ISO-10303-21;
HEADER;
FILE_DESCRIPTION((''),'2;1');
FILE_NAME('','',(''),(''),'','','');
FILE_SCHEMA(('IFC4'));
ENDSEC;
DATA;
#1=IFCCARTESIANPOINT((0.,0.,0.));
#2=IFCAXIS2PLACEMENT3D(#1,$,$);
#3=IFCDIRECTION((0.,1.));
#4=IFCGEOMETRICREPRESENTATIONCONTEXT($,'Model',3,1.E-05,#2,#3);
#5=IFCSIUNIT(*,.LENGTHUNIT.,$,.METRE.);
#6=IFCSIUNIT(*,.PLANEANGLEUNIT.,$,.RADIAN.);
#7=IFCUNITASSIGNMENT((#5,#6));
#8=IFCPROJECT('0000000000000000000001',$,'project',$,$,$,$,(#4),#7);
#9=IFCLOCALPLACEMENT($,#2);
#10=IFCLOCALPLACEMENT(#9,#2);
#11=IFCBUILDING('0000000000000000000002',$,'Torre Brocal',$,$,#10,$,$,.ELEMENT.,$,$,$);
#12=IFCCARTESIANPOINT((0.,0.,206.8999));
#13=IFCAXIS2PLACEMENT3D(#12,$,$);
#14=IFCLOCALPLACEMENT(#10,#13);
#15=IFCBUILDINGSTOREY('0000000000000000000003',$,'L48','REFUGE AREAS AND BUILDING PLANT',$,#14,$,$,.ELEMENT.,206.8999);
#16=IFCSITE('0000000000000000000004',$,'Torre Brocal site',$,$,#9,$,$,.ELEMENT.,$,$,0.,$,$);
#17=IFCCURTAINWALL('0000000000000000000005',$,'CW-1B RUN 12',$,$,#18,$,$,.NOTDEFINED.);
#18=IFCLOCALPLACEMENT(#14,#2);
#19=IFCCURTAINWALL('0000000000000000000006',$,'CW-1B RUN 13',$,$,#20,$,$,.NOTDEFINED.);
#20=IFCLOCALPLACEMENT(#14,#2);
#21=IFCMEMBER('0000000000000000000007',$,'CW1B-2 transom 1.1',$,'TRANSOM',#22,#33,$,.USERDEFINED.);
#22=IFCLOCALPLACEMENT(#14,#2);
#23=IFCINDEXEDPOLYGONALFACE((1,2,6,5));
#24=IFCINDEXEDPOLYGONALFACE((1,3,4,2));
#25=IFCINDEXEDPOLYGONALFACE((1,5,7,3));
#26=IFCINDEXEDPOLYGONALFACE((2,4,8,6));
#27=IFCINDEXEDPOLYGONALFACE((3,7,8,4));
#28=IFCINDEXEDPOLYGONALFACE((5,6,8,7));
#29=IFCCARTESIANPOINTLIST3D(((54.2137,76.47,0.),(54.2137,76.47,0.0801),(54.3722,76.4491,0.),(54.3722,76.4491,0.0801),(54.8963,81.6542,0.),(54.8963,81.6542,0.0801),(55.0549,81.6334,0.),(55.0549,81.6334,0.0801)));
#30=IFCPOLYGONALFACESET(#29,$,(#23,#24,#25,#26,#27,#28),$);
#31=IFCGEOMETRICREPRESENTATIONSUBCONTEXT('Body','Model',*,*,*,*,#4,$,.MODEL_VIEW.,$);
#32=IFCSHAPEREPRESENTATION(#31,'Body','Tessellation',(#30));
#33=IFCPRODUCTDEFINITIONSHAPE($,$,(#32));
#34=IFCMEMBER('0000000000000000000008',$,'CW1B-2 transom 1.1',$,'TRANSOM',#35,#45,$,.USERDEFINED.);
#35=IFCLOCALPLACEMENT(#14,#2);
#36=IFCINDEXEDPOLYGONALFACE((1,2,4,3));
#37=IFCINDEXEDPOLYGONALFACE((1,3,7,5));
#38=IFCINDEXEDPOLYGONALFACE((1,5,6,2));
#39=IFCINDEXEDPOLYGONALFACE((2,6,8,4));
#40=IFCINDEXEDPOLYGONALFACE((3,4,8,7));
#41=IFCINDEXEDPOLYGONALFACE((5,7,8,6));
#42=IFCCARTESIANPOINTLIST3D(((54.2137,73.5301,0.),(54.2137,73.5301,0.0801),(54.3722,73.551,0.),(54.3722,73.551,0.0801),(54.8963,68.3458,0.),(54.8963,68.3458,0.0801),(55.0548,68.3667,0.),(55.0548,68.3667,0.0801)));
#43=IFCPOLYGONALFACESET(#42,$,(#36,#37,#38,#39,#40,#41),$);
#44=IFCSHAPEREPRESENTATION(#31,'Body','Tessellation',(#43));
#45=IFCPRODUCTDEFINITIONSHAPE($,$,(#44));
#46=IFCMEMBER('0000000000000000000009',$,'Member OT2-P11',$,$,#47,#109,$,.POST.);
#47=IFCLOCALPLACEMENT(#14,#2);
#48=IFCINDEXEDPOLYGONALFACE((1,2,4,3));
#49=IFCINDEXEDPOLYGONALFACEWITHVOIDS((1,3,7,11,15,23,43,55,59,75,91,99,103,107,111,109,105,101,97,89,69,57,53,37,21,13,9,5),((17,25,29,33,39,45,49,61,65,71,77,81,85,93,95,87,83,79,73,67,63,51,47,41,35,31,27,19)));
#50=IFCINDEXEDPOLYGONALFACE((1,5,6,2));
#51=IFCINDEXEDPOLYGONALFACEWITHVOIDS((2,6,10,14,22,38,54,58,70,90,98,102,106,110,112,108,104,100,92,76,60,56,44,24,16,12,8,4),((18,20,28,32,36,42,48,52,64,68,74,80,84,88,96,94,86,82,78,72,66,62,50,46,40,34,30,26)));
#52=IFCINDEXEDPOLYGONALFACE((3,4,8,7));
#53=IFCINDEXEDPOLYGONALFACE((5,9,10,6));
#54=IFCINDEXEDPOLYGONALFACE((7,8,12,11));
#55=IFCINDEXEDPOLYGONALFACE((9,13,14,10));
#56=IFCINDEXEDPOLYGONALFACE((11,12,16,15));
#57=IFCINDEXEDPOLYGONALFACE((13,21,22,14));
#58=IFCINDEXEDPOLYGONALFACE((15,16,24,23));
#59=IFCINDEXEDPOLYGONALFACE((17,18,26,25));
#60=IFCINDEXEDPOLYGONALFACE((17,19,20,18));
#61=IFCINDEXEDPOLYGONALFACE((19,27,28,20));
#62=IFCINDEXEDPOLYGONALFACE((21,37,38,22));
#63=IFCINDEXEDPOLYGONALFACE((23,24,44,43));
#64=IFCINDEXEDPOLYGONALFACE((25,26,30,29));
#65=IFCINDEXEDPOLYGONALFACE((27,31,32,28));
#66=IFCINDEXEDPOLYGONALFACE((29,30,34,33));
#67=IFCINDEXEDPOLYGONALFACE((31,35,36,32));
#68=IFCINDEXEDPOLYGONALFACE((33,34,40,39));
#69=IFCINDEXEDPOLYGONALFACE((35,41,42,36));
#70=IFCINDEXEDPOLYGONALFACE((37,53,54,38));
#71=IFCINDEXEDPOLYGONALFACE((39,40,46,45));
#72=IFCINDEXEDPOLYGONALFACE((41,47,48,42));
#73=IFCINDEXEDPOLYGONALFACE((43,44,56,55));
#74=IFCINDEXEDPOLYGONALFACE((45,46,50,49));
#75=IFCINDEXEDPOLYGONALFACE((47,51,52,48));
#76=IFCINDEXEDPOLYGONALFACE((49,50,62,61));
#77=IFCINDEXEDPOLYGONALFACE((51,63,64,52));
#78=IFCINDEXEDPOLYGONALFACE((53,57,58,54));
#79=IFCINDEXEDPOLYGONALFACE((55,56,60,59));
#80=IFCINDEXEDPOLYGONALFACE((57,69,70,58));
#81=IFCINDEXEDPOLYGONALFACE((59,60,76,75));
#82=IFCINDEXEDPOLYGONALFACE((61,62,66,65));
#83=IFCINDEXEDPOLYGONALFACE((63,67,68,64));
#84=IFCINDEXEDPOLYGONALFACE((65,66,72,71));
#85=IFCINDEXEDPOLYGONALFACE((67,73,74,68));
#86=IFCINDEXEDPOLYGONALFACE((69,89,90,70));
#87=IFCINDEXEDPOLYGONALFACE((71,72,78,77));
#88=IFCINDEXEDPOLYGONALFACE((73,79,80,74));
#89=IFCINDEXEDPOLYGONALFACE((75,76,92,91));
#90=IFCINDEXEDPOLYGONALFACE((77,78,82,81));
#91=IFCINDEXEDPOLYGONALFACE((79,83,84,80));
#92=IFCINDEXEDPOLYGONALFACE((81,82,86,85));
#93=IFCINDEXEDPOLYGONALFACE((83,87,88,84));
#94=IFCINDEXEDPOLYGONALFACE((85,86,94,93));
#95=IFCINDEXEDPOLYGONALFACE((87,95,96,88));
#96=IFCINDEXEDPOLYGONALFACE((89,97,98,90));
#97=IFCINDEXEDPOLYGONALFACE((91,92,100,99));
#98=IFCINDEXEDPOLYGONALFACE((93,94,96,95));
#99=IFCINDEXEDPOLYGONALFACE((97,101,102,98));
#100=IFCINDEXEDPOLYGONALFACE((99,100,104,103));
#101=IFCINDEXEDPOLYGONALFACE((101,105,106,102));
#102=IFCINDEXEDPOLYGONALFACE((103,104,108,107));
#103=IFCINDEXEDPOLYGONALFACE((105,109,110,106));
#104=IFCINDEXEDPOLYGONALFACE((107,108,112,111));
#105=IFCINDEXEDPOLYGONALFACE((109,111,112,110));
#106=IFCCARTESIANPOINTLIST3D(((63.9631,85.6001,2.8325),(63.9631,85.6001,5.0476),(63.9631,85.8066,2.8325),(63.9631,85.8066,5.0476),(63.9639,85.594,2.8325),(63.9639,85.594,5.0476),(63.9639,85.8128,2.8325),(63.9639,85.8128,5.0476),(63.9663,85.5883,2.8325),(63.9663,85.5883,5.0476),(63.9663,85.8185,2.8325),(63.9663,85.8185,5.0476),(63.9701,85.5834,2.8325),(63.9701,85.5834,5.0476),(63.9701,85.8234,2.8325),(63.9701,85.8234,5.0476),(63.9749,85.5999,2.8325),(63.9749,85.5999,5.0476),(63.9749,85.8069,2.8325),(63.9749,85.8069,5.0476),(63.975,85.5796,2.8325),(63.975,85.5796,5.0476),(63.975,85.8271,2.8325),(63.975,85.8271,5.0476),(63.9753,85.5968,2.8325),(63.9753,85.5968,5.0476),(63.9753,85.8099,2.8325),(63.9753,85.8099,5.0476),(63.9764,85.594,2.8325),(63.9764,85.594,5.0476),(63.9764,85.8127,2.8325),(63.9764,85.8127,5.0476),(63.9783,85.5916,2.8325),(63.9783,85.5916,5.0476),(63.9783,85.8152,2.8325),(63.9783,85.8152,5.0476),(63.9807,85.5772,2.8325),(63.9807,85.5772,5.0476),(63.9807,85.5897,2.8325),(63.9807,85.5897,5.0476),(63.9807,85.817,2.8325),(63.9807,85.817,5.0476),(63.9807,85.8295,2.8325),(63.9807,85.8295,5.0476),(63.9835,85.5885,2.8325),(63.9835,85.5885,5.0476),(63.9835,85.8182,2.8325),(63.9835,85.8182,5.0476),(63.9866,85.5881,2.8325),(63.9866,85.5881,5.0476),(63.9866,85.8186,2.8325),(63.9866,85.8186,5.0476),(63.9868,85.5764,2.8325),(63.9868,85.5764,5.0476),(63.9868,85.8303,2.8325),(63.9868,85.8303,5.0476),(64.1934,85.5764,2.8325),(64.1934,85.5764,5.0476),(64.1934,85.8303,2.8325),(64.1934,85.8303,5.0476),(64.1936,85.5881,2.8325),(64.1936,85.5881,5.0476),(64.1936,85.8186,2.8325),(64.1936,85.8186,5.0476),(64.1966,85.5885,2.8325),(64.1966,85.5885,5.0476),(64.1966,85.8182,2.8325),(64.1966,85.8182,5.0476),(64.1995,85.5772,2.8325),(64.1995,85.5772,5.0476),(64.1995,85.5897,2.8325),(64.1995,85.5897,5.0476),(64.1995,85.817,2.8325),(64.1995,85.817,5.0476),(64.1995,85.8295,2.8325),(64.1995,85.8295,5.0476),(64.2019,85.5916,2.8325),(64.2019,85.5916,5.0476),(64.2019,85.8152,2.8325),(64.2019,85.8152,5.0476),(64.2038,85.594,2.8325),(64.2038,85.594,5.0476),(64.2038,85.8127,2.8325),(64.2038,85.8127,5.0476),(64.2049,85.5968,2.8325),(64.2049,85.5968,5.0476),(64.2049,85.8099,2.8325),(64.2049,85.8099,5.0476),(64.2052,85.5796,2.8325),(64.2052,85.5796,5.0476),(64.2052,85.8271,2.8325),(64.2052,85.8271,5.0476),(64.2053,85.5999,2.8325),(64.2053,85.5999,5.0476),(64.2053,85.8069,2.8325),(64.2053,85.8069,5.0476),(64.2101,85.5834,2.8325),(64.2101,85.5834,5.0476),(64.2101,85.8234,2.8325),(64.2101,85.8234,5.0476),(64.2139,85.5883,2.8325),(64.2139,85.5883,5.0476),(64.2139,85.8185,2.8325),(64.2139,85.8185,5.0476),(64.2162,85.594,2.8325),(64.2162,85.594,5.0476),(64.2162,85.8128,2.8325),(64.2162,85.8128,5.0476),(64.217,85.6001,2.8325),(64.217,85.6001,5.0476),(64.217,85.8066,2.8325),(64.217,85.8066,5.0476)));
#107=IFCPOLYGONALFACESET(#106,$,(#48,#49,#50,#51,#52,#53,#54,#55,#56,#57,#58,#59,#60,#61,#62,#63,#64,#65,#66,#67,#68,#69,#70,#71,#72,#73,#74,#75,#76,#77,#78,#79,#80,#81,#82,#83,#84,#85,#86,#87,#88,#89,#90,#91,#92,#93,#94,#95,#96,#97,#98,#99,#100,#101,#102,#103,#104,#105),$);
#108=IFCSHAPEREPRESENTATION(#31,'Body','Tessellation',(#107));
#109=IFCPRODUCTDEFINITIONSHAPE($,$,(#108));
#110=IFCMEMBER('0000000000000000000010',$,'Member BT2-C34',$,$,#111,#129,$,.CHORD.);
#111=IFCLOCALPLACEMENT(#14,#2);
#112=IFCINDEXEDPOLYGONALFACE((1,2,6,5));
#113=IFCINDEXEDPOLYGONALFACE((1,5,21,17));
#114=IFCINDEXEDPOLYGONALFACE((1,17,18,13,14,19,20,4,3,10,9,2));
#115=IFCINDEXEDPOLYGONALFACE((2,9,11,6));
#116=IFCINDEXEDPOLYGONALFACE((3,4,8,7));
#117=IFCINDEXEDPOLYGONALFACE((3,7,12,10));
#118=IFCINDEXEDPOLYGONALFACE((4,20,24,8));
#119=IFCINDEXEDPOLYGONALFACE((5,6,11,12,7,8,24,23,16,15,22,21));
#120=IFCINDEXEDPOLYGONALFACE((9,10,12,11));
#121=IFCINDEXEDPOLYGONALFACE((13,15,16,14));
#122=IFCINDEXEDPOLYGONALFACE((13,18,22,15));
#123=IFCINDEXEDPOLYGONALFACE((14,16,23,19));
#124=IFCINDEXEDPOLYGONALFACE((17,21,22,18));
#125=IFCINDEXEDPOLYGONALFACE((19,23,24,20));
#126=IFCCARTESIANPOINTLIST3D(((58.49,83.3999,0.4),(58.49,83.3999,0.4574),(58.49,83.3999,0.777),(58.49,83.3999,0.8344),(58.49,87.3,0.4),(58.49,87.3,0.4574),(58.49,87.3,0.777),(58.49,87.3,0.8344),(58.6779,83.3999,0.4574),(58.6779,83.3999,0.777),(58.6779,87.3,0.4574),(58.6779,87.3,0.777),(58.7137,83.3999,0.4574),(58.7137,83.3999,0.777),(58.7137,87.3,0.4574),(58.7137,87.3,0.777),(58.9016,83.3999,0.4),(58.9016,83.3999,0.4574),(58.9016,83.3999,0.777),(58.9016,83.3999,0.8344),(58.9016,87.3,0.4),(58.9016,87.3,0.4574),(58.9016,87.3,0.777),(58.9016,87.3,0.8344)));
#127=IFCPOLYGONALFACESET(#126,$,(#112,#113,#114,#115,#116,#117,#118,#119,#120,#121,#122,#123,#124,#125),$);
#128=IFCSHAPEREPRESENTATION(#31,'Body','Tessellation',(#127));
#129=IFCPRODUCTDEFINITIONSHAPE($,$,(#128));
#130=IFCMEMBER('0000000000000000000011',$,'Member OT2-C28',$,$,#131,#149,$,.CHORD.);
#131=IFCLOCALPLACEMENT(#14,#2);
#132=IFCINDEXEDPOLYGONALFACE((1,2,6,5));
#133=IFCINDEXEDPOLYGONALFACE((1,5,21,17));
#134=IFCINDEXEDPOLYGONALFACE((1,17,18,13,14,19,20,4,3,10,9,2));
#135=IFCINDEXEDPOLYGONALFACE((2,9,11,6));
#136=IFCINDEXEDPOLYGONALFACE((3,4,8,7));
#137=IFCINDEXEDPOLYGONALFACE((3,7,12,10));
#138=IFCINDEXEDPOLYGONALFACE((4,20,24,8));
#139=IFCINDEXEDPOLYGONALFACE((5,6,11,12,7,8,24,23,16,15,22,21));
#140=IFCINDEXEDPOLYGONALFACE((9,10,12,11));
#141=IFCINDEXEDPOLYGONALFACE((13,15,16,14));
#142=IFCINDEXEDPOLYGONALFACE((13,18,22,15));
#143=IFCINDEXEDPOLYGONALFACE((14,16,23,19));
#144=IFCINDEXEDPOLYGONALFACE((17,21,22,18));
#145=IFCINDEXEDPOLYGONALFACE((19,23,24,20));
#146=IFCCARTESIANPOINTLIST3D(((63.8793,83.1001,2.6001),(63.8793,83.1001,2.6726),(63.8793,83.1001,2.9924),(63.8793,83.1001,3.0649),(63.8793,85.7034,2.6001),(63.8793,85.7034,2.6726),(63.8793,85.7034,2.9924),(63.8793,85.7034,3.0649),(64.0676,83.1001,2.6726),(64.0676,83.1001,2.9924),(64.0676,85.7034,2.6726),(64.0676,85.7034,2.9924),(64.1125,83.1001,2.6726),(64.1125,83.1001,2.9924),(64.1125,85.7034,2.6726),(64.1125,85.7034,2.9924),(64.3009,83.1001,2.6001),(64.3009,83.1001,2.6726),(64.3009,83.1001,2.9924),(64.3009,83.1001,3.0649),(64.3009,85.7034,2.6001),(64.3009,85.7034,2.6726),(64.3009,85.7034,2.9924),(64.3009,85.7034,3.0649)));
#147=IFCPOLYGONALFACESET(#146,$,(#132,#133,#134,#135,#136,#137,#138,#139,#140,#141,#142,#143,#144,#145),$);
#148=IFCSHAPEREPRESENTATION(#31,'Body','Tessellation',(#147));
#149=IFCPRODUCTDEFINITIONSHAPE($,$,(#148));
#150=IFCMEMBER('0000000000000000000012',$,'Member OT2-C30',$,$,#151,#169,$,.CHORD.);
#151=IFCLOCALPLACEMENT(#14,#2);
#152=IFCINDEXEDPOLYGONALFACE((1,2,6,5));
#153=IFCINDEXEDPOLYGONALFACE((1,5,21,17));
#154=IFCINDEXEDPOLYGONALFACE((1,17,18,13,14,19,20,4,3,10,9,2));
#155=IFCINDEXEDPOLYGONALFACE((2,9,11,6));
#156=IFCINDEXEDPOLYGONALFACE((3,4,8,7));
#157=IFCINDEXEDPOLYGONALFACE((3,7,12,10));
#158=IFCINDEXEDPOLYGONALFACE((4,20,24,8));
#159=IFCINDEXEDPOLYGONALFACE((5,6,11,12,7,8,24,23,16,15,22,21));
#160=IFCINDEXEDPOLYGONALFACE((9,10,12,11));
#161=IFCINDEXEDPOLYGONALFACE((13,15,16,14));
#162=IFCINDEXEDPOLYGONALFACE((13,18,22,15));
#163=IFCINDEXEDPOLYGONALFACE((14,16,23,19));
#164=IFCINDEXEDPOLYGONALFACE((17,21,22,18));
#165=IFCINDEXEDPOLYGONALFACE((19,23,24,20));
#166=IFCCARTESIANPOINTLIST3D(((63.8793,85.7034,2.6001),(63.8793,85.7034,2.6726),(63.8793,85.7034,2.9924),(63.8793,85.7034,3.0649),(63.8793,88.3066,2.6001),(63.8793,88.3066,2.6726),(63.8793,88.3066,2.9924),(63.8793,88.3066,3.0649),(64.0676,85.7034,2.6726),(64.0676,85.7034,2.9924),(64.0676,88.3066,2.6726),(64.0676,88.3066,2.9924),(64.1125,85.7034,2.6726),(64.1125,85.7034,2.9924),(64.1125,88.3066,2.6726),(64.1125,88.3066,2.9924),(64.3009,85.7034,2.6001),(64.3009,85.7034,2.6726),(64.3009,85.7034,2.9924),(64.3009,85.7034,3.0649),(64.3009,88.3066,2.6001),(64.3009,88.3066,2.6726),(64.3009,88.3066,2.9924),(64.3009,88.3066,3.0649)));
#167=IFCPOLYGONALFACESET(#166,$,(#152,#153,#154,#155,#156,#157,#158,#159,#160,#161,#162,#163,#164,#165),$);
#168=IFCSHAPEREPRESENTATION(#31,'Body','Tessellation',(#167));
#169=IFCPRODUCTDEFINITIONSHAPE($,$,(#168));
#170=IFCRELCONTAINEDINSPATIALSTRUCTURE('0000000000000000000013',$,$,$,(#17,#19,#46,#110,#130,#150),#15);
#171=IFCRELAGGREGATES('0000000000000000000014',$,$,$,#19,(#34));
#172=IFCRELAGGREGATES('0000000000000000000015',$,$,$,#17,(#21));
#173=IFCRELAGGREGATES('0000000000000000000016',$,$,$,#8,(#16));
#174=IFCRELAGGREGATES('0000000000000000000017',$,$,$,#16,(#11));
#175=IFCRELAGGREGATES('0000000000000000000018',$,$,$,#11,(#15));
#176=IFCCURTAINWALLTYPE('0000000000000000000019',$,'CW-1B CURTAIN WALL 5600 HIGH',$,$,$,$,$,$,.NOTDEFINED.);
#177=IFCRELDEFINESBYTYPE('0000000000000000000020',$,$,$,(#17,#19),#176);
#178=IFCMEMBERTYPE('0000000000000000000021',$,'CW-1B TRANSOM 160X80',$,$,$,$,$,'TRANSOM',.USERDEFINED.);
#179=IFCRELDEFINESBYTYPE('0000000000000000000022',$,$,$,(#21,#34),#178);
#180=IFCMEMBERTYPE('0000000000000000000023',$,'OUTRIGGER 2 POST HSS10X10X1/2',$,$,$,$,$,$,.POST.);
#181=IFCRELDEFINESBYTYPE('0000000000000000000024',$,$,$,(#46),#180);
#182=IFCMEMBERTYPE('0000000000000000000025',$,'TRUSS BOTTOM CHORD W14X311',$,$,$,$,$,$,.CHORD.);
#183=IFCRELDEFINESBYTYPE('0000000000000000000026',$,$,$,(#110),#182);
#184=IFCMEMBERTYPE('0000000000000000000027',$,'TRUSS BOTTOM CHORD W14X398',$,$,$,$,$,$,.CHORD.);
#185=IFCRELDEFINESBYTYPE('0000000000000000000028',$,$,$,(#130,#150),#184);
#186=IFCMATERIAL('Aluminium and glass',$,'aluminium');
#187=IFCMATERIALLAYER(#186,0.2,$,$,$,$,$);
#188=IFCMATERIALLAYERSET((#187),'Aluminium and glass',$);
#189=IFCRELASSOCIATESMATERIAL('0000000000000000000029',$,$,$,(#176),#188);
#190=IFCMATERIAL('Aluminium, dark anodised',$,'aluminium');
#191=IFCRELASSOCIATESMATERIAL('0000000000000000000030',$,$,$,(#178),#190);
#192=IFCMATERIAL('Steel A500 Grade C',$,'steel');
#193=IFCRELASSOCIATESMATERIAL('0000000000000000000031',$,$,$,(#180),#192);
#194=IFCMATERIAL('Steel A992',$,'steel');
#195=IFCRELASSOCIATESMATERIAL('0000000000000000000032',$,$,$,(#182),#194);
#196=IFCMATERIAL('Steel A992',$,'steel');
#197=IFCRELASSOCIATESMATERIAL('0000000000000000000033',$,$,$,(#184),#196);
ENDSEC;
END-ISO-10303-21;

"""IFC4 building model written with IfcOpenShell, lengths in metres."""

from ifc_helpers import new_model, si_unit, direction, frame, origin, origin_2d, place, context, subcontext, project, spatial, rectangle, hollow_rectangle, i_section, extrude, material, layer, layer_set, material_profile, profile_set, type_object, element, aggregate, save


model = new_model("IFC4")

# Units and contexts
model_context = context("Model", 3, precision=1e-05, world=origin(), true_north=direction((0.0, 1.0)))
body_context = subcontext(model_context, "Body", "Model", "MODEL_VIEW")
ifc_project = project(units=[si_unit("LENGTHUNIT", "METRE"), si_unit("PLANEANGLEUNIT", "RADIAN")], contexts=[model_context])

# Site, building, storey
site_placement = place(None, origin())
site = spatial("IfcSite", under=ifc_project, at=site_placement, Name="Torre Brocal site", CompositionType="ELEMENT", RefElevation=0.0)
building_placement = place(site_placement, origin())
building = spatial("IfcBuilding", under=site, at=building_placement, Name="Torre Brocal", CompositionType="ELEMENT")
storey_placement = place(building_placement, frame((0.0, 0.0, 206.8999)))
storey = spatial("IfcBuildingStorey", under=building, at=storey_placement, Name="L48", Description="REFUGE AREAS AND BUILDING PLANT", CompositionType="ELEMENT", Elevation=206.8999)

# Curtain wall
ifc_material_1 = material(Name="Aluminium and glass", Category="aluminium")
ifc_layer_1 = layer(ifc_material_1, 0.2)
ifc_layer_set_1 = layer_set([ifc_layer_1], Name="Aluminium and glass")
curtain_wall_type_1 = type_object("IfcCurtainWallType", Name="CW-1B CURTAIN WALL 5600 HIGH", PredefinedType="NOTDEFINED", material=ifc_layer_set_1)
curtain_wall_1_placement = place(storey_placement, origin())
curtain_wall_1 = element("IfcCurtainWall", 1, at=curtain_wall_1_placement, inside=storey, type_object=curtain_wall_type_1, Name="CW-1B RUN 12", PredefinedType="NOTDEFINED")

# Curtain wall
curtain_wall_2_placement = place(storey_placement, origin())
curtain_wall_2 = element("IfcCurtainWall", 2, at=curtain_wall_2_placement, inside=storey, type_object=curtain_wall_type_1, Name="CW-1B RUN 13", PredefinedType="NOTDEFINED")

# Members
ifc_material_2 = material(Name="Aluminium, dark anodised", Category="aluminium")
ifc_material_profile_1 = material_profile(ifc_material_2, rectangle(XDim=0.1599, YDim=0.0801, at=origin_2d()), Name="CW-1B TRANSOM 160X80")
ifc_profile_set_1 = profile_set([ifc_material_profile_1], Name="Aluminium, dark anodised")
member_type_1 = type_object("IfcMemberType", Name="CW-1B TRANSOM 160X80", ElementType="TRANSOM", PredefinedType="USERDEFINED", material=ifc_profile_set_1)
member_1_placement = place(storey_placement, frame((54.9756, 81.6438, 0.04), z_axis=(-0.130543, -0.991443, 0.0), x_axis=(0.991443, -0.130543, 0.0)))
member_1 = element("IfcMember", 3, at=member_1_placement, type_object=member_type_1, Name="CW1B-2 transom 1.1", ObjectType="TRANSOM", PredefinedType="USERDEFINED", context=body_context, shape_type="SweptSolid", body=[
    extrude(rectangle(XDim=0.1599, YDim=0.0801, at=origin_2d()), origin(), (0.0, 0.0, 1.0), 5.229),
])
member_2_placement = place(storey_placement, frame((54.293, 73.5405, 0.04), z_axis=(0.130543, -0.991443, 0.0), x_axis=(0.991443, 0.130543, 0.0)))
member_2 = element("IfcMember", 4, at=member_2_placement, type_object=member_type_1, Name="CW1B-2 transom 1.1", ObjectType="TRANSOM", PredefinedType="USERDEFINED", context=body_context, shape_type="SweptSolid", body=[
    extrude(rectangle(XDim=0.1599, YDim=0.0801, at=origin_2d()), origin(), (0.0, 0.0, 1.0), 5.229),
])
aggregate(curtain_wall_2, [member_2])

# Members
ifc_material_3 = material(Name="Steel A500 Grade C", Category="steel")
ifc_material_profile_2 = material_profile(ifc_material_3, hollow_rectangle(XDim=0.2539, YDim=0.2539, WallThickness=0.0117, InnerFilletRadius=0.0117, OuterFilletRadius=0.0237, at=origin_2d()), Name="HSS10X10X1/2")
ifc_profile_set_2 = profile_set([ifc_material_profile_2], Name="Steel A500 Grade C")
member_type_2 = type_object("IfcMemberType", Name="OUTRIGGER 2 POST HSS10X10X1/2", PredefinedType="POST", material=ifc_profile_set_2)
member_3_placement = place(storey_placement, frame((64.0901, 85.7034, 2.8325), z_axis=(0.0, 0.0, 1.0), x_axis=(1.0, 0.0, 0.0)))
element("IfcMember", 5, at=member_3_placement, inside=storey, type_object=member_type_2, Name="Member OT2-P11", PredefinedType="POST", context=body_context, shape_type="SweptSolid", body=[
    extrude(hollow_rectangle(XDim=0.2539, YDim=0.2539, WallThickness=0.0117, InnerFilletRadius=0.0117, OuterFilletRadius=0.0237, at=origin_2d()), origin(), (0.0, 0.0, 1.0), 2.2151),
])
ifc_material_4 = material(Name="Steel A992", Category="steel")
ifc_material_profile_3 = material_profile(ifc_material_4, i_section(OverallWidth=0.4116, OverallDepth=0.4343, WebThickness=0.0359, FlangeThickness=0.0574, at=origin_2d()), Name="W14X311")
ifc_profile_set_3 = profile_set([ifc_material_profile_3], Name="Steel A992")
member_type_3 = type_object("IfcMemberType", Name="TRUSS BOTTOM CHORD W14X311", PredefinedType="CHORD", material=ifc_profile_set_3)
member_4_placement = place(storey_placement, frame((58.6958, 87.3, 0.6172), z_axis=(0.0, -1.0, 0.0), x_axis=(1.0, 0.0, 0.0)))
element("IfcMember", 6, at=member_4_placement, inside=storey, type_object=member_type_3, Name="Member BT2-C34", PredefinedType="CHORD", context=body_context, shape_type="SweptSolid", body=[
    extrude(i_section(OverallWidth=0.4116, OverallDepth=0.4343, WebThickness=0.0359, FlangeThickness=0.0574, at=origin_2d()), origin(), (0.0, 0.0, 1.0), 3.9001),
])
ifc_material_5 = material(Name="Steel A992", Category="steel")
ifc_material_profile_4 = material_profile(ifc_material_5, i_section(OverallWidth=0.4216, OverallDepth=0.4648, WebThickness=0.0449, FlangeThickness=0.0725, at=origin_2d()), Name="W14X398")
ifc_profile_set_4 = profile_set([ifc_material_profile_4], Name="Steel A992")
member_type_4 = type_object("IfcMemberType", Name="TRUSS BOTTOM CHORD W14X398", PredefinedType="CHORD", material=ifc_profile_set_4)
for number, where, z_axis, x_axis, name in (
    (7, (64.0901, 83.1001, 2.8325), (0.0, 1.0, 0.0), (-1.0, 0.0, 0.0), "Member OT2-C28"),
    (8, (64.0901, 85.7034, 2.8325), (0.0, 1.0, 0.0), (-1.0, 0.0, 0.0), "Member OT2-C30"),
):
    element("IfcMember", number, at=place(storey_placement, frame(where, z_axis=z_axis, x_axis=x_axis)), inside=storey, type_object=member_type_4, Name=name, PredefinedType="CHORD", context=body_context, shape_type="SweptSolid", body=[
        extrude(i_section(OverallWidth=0.4216, OverallDepth=0.4648, WebThickness=0.0449, FlangeThickness=0.0725, at=origin_2d()), origin(), (0.0, 0.0, 1.0), 2.6033),
    ])

aggregate(curtain_wall_1, [member_1])

save(model, "model.ifc")
